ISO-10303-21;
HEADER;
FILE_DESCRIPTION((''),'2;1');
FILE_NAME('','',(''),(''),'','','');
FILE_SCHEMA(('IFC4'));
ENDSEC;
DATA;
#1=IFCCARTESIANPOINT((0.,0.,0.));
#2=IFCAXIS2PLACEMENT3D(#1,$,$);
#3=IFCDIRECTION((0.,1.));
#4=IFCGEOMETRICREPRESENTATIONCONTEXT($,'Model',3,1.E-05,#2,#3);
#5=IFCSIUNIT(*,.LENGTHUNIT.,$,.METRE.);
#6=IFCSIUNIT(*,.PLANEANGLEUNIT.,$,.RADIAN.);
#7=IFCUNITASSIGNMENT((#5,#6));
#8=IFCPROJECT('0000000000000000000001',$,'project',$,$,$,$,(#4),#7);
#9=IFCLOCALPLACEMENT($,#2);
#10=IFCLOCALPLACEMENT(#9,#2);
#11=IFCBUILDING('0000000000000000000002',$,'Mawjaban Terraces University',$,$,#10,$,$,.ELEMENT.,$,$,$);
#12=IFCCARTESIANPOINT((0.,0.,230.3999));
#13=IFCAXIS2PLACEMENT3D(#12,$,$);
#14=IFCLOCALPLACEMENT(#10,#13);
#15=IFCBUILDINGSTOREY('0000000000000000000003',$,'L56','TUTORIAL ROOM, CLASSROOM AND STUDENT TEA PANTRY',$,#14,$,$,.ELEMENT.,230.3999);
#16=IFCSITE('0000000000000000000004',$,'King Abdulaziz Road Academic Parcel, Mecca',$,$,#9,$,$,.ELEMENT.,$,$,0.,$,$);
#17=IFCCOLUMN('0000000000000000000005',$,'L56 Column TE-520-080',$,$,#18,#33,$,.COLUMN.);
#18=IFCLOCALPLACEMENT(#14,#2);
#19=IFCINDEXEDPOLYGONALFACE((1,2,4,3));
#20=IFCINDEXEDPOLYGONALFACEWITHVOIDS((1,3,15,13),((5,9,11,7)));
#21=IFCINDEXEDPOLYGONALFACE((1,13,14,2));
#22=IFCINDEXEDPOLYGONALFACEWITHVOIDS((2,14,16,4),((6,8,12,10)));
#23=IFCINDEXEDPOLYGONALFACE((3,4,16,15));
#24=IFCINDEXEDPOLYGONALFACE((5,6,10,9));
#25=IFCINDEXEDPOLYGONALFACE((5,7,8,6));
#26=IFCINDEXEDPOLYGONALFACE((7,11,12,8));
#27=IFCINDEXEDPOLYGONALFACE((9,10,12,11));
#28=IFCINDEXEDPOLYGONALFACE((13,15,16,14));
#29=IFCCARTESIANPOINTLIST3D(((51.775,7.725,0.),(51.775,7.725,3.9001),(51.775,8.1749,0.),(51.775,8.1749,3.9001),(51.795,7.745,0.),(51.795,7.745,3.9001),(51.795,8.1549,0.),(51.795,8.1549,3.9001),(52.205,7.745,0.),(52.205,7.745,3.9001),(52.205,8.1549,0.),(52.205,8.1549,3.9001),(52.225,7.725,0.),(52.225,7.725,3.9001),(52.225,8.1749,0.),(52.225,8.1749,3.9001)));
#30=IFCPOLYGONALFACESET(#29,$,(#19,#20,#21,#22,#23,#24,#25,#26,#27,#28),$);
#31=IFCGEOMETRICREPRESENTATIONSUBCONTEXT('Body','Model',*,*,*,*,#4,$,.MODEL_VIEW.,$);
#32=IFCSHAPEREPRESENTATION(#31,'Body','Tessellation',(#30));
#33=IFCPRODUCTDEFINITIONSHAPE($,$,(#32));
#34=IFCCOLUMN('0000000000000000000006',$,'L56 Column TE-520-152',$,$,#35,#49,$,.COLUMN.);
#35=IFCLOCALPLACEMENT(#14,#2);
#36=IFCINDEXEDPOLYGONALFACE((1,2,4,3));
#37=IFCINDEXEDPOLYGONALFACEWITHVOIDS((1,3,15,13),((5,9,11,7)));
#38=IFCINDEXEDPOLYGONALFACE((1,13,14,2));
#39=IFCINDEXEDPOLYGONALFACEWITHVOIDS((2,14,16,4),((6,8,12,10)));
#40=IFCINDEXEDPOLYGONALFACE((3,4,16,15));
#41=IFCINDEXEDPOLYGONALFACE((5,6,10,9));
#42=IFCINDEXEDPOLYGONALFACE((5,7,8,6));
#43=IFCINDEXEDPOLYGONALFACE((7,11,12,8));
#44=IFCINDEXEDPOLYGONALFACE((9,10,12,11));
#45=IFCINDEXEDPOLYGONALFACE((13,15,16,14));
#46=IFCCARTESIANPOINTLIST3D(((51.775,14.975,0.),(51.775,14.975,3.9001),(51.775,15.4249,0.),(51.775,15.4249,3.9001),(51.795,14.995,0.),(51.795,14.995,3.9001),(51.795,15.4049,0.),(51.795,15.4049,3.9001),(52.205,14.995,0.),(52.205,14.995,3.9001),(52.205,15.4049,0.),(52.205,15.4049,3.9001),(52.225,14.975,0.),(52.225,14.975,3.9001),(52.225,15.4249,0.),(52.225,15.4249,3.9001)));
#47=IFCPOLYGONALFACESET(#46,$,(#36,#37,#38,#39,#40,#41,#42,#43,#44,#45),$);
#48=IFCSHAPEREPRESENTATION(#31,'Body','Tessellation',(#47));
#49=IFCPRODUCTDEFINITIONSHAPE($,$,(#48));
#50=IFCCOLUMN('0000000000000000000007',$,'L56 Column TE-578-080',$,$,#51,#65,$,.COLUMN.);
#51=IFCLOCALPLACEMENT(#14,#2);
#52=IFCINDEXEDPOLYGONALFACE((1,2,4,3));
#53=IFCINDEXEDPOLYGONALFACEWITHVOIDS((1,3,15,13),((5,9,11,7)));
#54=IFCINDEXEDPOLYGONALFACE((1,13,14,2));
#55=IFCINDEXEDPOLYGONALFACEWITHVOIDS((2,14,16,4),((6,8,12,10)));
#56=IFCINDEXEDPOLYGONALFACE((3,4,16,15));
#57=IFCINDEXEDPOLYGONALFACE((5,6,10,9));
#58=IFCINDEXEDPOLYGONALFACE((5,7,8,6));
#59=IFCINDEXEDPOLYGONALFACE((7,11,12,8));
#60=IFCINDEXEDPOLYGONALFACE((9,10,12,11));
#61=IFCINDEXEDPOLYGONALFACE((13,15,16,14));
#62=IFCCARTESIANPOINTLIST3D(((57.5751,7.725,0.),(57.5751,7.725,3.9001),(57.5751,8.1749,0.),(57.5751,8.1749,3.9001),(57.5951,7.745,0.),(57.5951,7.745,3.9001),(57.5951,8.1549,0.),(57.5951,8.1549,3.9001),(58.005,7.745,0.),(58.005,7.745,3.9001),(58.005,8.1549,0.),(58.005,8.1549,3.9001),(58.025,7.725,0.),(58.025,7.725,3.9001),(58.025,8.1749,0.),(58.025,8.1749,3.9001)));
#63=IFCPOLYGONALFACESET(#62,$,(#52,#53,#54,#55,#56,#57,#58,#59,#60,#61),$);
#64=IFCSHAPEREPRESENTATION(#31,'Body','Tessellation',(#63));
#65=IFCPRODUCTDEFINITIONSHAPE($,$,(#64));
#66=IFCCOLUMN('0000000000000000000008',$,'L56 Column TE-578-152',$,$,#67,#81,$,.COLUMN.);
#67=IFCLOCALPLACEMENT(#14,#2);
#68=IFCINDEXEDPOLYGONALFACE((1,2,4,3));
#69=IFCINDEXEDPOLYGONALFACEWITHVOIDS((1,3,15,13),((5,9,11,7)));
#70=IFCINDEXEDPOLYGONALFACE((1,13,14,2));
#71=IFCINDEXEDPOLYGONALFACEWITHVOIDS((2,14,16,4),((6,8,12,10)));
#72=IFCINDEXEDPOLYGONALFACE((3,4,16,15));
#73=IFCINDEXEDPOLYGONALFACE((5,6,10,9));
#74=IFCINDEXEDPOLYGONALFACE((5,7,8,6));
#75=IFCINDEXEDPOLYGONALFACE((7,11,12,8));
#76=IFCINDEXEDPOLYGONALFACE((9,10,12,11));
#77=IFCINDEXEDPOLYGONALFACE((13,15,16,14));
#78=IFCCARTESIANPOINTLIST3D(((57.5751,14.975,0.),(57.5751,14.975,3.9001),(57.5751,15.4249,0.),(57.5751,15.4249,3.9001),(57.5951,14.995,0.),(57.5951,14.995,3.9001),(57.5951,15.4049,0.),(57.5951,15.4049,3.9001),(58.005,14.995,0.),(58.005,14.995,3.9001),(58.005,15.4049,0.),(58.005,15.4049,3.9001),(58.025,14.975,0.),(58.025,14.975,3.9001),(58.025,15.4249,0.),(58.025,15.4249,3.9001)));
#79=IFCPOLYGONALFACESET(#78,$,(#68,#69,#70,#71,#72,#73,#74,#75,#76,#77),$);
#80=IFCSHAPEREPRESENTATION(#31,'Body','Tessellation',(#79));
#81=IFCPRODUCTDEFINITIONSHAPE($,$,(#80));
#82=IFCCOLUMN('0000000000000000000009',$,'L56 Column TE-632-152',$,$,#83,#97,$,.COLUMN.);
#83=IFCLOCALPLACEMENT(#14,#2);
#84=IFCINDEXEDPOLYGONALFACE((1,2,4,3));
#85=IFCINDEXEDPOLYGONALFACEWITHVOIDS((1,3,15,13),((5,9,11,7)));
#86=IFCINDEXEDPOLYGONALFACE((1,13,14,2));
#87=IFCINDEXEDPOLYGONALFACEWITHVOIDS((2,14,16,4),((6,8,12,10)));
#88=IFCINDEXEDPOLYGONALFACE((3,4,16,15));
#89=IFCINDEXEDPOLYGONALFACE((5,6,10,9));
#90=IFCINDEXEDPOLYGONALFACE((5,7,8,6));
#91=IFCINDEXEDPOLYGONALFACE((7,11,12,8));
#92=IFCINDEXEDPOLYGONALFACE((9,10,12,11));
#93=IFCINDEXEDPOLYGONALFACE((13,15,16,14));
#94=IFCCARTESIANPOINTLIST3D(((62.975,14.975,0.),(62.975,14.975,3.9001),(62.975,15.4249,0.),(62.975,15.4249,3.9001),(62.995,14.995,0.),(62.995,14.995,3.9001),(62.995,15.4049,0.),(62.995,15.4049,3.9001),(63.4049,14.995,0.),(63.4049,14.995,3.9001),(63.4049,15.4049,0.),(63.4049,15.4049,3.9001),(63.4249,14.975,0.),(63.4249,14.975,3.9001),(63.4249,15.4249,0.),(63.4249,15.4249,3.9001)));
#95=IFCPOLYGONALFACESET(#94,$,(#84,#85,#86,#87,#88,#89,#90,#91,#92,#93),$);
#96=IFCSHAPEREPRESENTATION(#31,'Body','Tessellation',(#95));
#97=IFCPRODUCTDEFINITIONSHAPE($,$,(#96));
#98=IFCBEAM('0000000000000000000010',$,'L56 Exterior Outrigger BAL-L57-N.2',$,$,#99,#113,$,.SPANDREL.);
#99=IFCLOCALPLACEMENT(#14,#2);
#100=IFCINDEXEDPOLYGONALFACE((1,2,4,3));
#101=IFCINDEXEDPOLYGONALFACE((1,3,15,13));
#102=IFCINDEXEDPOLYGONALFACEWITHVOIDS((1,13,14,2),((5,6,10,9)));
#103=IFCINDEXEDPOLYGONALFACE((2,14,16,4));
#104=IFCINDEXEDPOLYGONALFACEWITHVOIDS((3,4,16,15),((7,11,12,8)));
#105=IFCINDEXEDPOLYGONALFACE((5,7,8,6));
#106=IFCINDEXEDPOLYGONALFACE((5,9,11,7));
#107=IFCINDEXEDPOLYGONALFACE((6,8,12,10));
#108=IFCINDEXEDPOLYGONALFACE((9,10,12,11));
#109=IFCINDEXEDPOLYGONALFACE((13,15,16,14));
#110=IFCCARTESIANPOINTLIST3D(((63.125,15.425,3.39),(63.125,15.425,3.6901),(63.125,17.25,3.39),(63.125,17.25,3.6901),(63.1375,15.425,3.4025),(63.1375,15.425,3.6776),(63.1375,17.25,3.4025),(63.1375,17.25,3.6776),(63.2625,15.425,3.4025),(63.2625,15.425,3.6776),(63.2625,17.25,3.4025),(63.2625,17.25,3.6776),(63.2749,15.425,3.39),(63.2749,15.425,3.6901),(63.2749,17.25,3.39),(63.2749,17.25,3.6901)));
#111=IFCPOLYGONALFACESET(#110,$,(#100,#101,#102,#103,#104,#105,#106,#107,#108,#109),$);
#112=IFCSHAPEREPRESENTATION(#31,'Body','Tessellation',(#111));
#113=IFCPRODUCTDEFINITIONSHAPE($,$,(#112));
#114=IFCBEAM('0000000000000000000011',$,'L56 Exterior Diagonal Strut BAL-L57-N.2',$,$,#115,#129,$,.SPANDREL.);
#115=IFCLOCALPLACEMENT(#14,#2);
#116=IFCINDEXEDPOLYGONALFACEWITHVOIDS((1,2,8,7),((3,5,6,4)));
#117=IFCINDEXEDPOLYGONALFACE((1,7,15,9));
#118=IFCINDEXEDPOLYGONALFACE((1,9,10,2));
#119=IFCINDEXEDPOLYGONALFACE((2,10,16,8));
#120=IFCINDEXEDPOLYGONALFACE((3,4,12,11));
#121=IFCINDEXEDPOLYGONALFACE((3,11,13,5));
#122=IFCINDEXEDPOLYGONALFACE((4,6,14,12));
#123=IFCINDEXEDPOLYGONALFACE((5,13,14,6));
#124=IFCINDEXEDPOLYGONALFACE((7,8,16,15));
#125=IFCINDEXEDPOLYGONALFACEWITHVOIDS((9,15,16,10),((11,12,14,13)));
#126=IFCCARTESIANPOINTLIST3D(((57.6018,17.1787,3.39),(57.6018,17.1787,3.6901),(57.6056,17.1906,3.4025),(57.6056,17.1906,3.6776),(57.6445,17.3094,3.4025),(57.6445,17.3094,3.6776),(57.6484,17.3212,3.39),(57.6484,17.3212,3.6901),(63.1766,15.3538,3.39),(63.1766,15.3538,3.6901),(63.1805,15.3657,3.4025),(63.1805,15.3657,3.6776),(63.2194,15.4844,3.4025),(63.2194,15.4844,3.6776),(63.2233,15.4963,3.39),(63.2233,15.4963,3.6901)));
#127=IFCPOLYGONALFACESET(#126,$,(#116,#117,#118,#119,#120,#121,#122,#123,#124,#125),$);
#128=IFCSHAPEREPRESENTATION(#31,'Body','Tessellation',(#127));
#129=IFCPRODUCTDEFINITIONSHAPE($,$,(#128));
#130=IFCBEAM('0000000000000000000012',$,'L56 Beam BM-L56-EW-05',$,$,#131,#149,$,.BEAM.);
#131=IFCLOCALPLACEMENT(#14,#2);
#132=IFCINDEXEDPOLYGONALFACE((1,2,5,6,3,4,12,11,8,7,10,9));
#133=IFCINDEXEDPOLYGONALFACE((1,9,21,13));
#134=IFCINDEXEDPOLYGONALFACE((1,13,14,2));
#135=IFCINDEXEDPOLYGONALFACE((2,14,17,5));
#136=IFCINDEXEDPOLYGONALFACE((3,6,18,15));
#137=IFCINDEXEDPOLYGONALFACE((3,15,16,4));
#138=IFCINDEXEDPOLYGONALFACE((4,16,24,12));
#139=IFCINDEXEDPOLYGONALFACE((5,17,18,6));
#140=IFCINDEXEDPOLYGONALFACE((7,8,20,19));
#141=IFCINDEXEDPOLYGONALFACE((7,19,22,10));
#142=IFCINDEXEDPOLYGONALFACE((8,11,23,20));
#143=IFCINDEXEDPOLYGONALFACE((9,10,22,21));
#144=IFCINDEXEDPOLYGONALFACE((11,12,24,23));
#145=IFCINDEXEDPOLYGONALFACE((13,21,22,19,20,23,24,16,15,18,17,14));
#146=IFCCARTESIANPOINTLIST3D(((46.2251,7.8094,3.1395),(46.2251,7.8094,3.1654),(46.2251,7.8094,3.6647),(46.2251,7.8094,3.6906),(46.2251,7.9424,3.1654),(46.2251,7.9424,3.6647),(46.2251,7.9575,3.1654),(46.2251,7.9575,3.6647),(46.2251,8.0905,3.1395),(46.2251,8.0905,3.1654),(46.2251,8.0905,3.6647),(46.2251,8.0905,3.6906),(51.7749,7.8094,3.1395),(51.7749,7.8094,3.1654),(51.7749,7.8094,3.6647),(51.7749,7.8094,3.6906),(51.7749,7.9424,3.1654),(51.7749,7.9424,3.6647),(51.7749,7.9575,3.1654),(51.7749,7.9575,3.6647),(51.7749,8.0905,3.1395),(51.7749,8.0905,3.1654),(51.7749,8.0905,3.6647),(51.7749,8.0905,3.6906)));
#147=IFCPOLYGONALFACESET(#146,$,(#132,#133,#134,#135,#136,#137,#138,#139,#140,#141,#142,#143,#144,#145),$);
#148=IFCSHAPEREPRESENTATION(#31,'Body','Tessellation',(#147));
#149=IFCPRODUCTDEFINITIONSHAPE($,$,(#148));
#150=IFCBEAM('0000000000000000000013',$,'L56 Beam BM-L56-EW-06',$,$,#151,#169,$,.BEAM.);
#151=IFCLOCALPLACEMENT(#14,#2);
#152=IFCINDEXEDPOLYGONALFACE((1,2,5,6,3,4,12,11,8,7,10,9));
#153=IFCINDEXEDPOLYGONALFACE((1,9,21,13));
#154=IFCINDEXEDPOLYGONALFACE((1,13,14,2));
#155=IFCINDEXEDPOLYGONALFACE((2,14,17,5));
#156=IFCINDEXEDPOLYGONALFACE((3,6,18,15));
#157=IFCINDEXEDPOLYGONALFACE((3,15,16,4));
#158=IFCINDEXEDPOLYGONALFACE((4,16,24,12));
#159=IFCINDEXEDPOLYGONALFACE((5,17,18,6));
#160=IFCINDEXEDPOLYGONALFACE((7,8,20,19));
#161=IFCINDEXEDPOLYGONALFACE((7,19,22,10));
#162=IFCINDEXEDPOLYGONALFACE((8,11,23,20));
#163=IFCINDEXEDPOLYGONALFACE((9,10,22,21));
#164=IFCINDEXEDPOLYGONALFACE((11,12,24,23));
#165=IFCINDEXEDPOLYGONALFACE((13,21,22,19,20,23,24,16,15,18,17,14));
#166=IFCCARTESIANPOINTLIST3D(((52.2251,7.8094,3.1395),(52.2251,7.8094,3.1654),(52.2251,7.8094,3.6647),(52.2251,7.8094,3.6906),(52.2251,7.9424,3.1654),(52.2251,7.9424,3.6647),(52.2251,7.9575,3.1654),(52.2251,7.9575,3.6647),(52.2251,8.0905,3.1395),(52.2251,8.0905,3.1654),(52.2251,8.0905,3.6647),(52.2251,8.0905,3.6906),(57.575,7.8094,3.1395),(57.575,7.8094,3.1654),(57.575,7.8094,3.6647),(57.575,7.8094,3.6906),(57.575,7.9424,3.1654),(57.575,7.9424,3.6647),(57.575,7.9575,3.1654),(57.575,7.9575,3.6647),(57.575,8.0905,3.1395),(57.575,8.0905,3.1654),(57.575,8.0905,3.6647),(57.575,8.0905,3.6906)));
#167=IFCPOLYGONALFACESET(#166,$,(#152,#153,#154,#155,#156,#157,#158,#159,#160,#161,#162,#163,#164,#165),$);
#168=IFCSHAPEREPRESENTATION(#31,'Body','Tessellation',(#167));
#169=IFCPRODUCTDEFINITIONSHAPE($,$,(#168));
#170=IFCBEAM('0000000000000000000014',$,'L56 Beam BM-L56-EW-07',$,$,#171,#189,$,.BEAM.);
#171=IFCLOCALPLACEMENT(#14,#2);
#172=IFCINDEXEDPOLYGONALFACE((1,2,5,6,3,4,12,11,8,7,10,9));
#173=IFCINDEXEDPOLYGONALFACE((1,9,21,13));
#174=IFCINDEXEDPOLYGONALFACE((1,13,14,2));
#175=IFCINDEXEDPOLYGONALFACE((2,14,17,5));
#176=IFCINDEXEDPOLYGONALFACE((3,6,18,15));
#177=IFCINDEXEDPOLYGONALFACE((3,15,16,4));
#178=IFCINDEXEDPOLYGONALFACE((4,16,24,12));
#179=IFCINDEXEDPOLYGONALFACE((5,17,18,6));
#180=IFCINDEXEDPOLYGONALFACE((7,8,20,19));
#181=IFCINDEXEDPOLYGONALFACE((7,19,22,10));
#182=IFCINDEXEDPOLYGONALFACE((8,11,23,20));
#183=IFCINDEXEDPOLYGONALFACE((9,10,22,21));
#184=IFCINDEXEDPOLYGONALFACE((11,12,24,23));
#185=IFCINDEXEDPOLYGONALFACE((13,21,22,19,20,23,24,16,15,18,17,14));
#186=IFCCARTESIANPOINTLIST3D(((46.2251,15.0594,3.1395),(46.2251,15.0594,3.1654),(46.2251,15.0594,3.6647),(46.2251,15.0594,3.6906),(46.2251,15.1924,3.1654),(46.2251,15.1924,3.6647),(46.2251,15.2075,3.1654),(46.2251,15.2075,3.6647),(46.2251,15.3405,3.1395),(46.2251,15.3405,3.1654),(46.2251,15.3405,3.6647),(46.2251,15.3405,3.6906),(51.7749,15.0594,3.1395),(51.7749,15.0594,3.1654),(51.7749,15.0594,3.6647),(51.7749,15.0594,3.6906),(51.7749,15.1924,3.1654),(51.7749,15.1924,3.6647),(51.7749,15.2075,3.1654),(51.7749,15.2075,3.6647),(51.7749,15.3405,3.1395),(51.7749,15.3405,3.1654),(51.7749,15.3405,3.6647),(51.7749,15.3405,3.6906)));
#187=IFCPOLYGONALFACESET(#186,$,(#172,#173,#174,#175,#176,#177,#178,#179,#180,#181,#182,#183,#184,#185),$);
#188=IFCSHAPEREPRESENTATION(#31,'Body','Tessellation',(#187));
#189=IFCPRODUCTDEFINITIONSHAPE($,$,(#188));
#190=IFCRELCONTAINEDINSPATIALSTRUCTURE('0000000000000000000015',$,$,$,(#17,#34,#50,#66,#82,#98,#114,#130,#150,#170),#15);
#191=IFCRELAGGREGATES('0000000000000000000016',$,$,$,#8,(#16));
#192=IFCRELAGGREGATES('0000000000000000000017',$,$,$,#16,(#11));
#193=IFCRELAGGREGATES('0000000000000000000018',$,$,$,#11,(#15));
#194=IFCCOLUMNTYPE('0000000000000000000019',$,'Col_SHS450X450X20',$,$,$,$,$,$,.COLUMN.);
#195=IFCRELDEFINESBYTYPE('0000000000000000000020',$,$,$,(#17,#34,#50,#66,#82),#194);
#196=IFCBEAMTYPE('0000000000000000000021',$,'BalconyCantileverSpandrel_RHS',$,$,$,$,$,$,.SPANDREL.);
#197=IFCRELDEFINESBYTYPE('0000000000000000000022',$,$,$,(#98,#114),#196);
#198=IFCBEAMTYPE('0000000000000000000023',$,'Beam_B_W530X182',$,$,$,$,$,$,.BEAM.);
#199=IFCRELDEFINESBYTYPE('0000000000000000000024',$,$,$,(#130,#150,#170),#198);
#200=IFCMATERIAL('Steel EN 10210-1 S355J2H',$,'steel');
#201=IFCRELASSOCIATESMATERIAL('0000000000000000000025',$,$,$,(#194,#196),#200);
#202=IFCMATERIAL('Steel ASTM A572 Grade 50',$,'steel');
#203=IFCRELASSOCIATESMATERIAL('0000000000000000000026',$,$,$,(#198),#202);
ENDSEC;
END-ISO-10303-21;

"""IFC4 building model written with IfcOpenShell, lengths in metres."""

from ifc_helpers import new_model, si_unit, direction, frame, origin, origin_2d, place, context, subcontext, project, spatial, hollow_rectangle, i_section, extrude, material, material_profile, profile_set, type_object, element, save


model = new_model("IFC4")

# Units and contexts
model_context = context("Model", 3, precision=1e-05, world=origin(), true_north=direction((0.0, 1.0)))
body_context = subcontext(model_context, "Body", "Model", "MODEL_VIEW")
ifc_project = project(units=[si_unit("LENGTHUNIT", "METRE"), si_unit("PLANEANGLEUNIT", "RADIAN")], contexts=[model_context])

# Site, building, storey
site_placement = place(None, origin())
site = spatial("IfcSite", under=ifc_project, at=site_placement, Name="King Abdulaziz Road Academic Parcel, Mecca", CompositionType="ELEMENT", RefElevation=0.0)
building_placement = place(site_placement, origin())
building = spatial("IfcBuilding", under=site, at=building_placement, Name="Mawjaban Terraces University", CompositionType="ELEMENT")
storey_placement = place(building_placement, frame((0.0, 0.0, 230.3999)))
storey = spatial("IfcBuildingStorey", under=building, at=storey_placement, Name="L56", Description="TUTORIAL ROOM, CLASSROOM AND STUDENT TEA PANTRY", CompositionType="ELEMENT", Elevation=230.3999)

# Columns
ifc_material_1 = material(Name="Steel EN 10210-1 S355J2H", Category="steel")
ifc_material_profile_1 = material_profile(ifc_material_1, hollow_rectangle(XDim=0.45, YDim=0.45, WallThickness=0.02, at=origin_2d()), Name="SHS450X450X20")
ifc_profile_set_1 = profile_set([ifc_material_profile_1], Name="Steel EN 10210-1 S355J2H")
column_type = type_object("IfcColumnType", Name="Col_SHS450X450X20", PredefinedType="COLUMN", material=ifc_profile_set_1)
for number, where, z_axis, x_axis, name in (
    (1, (52.0, 7.95, 0.0), (0.0, 0.0, 1.0), (1.0, 0.0, 0.0), "L56 Column TE-520-080"),
    (2, (52.0, 15.2, 0.0), (0.0, 0.0, 1.0), (1.0, 0.0, 0.0), "L56 Column TE-520-152"),
    (3, (57.8, 7.95, 0.0), (0.0, 0.0, 1.0), (1.0, 0.0, 0.0), "L56 Column TE-578-080"),
    (4, (57.8, 15.2, 0.0), (0.0, 0.0, 1.0), (1.0, 0.0, 0.0), "L56 Column TE-578-152"),
    (5, (63.2, 15.2, 0.0), (0.0, 0.0, 1.0), (1.0, 0.0, 0.0), "L56 Column TE-632-152"),
):
    element("IfcColumn", number, at=place(storey_placement, frame(where, z_axis=z_axis, x_axis=x_axis)), inside=storey, type_object=column_type, Name=name, PredefinedType="COLUMN", context=body_context, shape_type="SweptSolid", body=[
        extrude(hollow_rectangle(XDim=0.45, YDim=0.45, WallThickness=0.02, at=origin_2d()), origin(), (0.0, 0.0, 1.0), 3.9001),
    ])

# Beams
ifc_material_profile_2 = material_profile(ifc_material_1, hollow_rectangle(XDim=0.1499, YDim=0.3, WallThickness=0.0125, at=origin_2d()), Name="RHS300X150X12.5")
ifc_profile_set_2 = profile_set([ifc_material_profile_2], Name="Steel EN 10210-1 S355J2H")
beam_type_1 = type_object("IfcBeamType", Name="BalconyCantileverSpandrel_RHS", PredefinedType="SPANDREL", material=ifc_profile_set_2)
beam_1_placement = place(storey_placement, frame((63.2, 15.425, 3.54), z_axis=(0.0, 1.0, 0.0), x_axis=(-1.0, 0.0, 0.0)))
element("IfcBeam", 6, at=beam_1_placement, inside=storey, type_object=beam_type_1, Name="L56 Exterior Outrigger BAL-L57-N.2", PredefinedType="SPANDREL", context=body_context, shape_type="SweptSolid", body=[
    extrude(hollow_rectangle(XDim=0.1499, YDim=0.3, WallThickness=0.0125, at=origin_2d()), origin(), (0.0, 0.0, 1.0), 1.825),
])
beam_2_placement = place(storey_placement, frame((63.2, 15.425, 3.54), z_axis=(-0.950376, 0.311104, 0.0), x_axis=(-0.311104, -0.950376, 0.0)))
element("IfcBeam", 7, at=beam_2_placement, inside=storey, type_object=beam_type_1, Name="L56 Exterior Diagonal Strut BAL-L57-N.2", PredefinedType="SPANDREL", context=body_context, shape_type="SweptSolid", body=[
    extrude(hollow_rectangle(XDim=0.1499, YDim=0.3, WallThickness=0.0125, at=origin_2d()), origin(), (0.0, 0.0, 1.0), 5.866),
])
ifc_material_2 = material(Name="Steel ASTM A572 Grade 50", Category="steel")
ifc_material_profile_3 = material_profile(ifc_material_2, i_section(OverallWidth=0.281, OverallDepth=0.551, WebThickness=0.0151, FlangeThickness=0.0259, at=origin_2d()), Name="W530X182")
ifc_profile_set_3 = profile_set([ifc_material_profile_3], Name="Steel ASTM A572 Grade 50")
beam_type_2 = type_object("IfcBeamType", Name="Beam_B_W530X182", PredefinedType="BEAM", material=ifc_profile_set_3)
beam_3_placement = place(storey_placement, frame((46.2251, 7.95, 3.415), z_axis=(1.0, 0.0, 0.0), x_axis=(0.0, 1.0, 0.0)))
element("IfcBeam", 8, at=beam_3_placement, inside=storey, type_object=beam_type_2, Name="L56 Beam BM-L56-EW-05", PredefinedType="BEAM", context=body_context, shape_type="SweptSolid", body=[
    extrude(i_section(OverallWidth=0.281, OverallDepth=0.551, WebThickness=0.0151, FlangeThickness=0.0259, at=origin_2d()), origin(), (0.0, 0.0, 1.0), 5.5498),
])
beam_4_placement = place(storey_placement, frame((52.2251, 7.95, 3.415), z_axis=(1.0, 0.0, 0.0), x_axis=(0.0, 1.0, 0.0)))
element("IfcBeam", 9, at=beam_4_placement, inside=storey, type_object=beam_type_2, Name="L56 Beam BM-L56-EW-06", PredefinedType="BEAM", context=body_context, shape_type="SweptSolid", body=[
    extrude(i_section(OverallWidth=0.281, OverallDepth=0.551, WebThickness=0.0151, FlangeThickness=0.0259, at=origin_2d()), origin(), (0.0, 0.0, 1.0), 5.3499),
])
beam_5_placement = place(storey_placement, frame((46.2251, 15.2, 3.415), z_axis=(1.0, 0.0, 0.0), x_axis=(0.0, 1.0, 0.0)))
element("IfcBeam", 10, at=beam_5_placement, inside=storey, type_object=beam_type_2, Name="L56 Beam BM-L56-EW-07", PredefinedType="BEAM", context=body_context, shape_type="SweptSolid", body=[
    extrude(i_section(OverallWidth=0.281, OverallDepth=0.551, WebThickness=0.0151, FlangeThickness=0.0259, at=origin_2d()), origin(), (0.0, 0.0, 1.0), 5.5498),
])

save(model, "model.ifc")
